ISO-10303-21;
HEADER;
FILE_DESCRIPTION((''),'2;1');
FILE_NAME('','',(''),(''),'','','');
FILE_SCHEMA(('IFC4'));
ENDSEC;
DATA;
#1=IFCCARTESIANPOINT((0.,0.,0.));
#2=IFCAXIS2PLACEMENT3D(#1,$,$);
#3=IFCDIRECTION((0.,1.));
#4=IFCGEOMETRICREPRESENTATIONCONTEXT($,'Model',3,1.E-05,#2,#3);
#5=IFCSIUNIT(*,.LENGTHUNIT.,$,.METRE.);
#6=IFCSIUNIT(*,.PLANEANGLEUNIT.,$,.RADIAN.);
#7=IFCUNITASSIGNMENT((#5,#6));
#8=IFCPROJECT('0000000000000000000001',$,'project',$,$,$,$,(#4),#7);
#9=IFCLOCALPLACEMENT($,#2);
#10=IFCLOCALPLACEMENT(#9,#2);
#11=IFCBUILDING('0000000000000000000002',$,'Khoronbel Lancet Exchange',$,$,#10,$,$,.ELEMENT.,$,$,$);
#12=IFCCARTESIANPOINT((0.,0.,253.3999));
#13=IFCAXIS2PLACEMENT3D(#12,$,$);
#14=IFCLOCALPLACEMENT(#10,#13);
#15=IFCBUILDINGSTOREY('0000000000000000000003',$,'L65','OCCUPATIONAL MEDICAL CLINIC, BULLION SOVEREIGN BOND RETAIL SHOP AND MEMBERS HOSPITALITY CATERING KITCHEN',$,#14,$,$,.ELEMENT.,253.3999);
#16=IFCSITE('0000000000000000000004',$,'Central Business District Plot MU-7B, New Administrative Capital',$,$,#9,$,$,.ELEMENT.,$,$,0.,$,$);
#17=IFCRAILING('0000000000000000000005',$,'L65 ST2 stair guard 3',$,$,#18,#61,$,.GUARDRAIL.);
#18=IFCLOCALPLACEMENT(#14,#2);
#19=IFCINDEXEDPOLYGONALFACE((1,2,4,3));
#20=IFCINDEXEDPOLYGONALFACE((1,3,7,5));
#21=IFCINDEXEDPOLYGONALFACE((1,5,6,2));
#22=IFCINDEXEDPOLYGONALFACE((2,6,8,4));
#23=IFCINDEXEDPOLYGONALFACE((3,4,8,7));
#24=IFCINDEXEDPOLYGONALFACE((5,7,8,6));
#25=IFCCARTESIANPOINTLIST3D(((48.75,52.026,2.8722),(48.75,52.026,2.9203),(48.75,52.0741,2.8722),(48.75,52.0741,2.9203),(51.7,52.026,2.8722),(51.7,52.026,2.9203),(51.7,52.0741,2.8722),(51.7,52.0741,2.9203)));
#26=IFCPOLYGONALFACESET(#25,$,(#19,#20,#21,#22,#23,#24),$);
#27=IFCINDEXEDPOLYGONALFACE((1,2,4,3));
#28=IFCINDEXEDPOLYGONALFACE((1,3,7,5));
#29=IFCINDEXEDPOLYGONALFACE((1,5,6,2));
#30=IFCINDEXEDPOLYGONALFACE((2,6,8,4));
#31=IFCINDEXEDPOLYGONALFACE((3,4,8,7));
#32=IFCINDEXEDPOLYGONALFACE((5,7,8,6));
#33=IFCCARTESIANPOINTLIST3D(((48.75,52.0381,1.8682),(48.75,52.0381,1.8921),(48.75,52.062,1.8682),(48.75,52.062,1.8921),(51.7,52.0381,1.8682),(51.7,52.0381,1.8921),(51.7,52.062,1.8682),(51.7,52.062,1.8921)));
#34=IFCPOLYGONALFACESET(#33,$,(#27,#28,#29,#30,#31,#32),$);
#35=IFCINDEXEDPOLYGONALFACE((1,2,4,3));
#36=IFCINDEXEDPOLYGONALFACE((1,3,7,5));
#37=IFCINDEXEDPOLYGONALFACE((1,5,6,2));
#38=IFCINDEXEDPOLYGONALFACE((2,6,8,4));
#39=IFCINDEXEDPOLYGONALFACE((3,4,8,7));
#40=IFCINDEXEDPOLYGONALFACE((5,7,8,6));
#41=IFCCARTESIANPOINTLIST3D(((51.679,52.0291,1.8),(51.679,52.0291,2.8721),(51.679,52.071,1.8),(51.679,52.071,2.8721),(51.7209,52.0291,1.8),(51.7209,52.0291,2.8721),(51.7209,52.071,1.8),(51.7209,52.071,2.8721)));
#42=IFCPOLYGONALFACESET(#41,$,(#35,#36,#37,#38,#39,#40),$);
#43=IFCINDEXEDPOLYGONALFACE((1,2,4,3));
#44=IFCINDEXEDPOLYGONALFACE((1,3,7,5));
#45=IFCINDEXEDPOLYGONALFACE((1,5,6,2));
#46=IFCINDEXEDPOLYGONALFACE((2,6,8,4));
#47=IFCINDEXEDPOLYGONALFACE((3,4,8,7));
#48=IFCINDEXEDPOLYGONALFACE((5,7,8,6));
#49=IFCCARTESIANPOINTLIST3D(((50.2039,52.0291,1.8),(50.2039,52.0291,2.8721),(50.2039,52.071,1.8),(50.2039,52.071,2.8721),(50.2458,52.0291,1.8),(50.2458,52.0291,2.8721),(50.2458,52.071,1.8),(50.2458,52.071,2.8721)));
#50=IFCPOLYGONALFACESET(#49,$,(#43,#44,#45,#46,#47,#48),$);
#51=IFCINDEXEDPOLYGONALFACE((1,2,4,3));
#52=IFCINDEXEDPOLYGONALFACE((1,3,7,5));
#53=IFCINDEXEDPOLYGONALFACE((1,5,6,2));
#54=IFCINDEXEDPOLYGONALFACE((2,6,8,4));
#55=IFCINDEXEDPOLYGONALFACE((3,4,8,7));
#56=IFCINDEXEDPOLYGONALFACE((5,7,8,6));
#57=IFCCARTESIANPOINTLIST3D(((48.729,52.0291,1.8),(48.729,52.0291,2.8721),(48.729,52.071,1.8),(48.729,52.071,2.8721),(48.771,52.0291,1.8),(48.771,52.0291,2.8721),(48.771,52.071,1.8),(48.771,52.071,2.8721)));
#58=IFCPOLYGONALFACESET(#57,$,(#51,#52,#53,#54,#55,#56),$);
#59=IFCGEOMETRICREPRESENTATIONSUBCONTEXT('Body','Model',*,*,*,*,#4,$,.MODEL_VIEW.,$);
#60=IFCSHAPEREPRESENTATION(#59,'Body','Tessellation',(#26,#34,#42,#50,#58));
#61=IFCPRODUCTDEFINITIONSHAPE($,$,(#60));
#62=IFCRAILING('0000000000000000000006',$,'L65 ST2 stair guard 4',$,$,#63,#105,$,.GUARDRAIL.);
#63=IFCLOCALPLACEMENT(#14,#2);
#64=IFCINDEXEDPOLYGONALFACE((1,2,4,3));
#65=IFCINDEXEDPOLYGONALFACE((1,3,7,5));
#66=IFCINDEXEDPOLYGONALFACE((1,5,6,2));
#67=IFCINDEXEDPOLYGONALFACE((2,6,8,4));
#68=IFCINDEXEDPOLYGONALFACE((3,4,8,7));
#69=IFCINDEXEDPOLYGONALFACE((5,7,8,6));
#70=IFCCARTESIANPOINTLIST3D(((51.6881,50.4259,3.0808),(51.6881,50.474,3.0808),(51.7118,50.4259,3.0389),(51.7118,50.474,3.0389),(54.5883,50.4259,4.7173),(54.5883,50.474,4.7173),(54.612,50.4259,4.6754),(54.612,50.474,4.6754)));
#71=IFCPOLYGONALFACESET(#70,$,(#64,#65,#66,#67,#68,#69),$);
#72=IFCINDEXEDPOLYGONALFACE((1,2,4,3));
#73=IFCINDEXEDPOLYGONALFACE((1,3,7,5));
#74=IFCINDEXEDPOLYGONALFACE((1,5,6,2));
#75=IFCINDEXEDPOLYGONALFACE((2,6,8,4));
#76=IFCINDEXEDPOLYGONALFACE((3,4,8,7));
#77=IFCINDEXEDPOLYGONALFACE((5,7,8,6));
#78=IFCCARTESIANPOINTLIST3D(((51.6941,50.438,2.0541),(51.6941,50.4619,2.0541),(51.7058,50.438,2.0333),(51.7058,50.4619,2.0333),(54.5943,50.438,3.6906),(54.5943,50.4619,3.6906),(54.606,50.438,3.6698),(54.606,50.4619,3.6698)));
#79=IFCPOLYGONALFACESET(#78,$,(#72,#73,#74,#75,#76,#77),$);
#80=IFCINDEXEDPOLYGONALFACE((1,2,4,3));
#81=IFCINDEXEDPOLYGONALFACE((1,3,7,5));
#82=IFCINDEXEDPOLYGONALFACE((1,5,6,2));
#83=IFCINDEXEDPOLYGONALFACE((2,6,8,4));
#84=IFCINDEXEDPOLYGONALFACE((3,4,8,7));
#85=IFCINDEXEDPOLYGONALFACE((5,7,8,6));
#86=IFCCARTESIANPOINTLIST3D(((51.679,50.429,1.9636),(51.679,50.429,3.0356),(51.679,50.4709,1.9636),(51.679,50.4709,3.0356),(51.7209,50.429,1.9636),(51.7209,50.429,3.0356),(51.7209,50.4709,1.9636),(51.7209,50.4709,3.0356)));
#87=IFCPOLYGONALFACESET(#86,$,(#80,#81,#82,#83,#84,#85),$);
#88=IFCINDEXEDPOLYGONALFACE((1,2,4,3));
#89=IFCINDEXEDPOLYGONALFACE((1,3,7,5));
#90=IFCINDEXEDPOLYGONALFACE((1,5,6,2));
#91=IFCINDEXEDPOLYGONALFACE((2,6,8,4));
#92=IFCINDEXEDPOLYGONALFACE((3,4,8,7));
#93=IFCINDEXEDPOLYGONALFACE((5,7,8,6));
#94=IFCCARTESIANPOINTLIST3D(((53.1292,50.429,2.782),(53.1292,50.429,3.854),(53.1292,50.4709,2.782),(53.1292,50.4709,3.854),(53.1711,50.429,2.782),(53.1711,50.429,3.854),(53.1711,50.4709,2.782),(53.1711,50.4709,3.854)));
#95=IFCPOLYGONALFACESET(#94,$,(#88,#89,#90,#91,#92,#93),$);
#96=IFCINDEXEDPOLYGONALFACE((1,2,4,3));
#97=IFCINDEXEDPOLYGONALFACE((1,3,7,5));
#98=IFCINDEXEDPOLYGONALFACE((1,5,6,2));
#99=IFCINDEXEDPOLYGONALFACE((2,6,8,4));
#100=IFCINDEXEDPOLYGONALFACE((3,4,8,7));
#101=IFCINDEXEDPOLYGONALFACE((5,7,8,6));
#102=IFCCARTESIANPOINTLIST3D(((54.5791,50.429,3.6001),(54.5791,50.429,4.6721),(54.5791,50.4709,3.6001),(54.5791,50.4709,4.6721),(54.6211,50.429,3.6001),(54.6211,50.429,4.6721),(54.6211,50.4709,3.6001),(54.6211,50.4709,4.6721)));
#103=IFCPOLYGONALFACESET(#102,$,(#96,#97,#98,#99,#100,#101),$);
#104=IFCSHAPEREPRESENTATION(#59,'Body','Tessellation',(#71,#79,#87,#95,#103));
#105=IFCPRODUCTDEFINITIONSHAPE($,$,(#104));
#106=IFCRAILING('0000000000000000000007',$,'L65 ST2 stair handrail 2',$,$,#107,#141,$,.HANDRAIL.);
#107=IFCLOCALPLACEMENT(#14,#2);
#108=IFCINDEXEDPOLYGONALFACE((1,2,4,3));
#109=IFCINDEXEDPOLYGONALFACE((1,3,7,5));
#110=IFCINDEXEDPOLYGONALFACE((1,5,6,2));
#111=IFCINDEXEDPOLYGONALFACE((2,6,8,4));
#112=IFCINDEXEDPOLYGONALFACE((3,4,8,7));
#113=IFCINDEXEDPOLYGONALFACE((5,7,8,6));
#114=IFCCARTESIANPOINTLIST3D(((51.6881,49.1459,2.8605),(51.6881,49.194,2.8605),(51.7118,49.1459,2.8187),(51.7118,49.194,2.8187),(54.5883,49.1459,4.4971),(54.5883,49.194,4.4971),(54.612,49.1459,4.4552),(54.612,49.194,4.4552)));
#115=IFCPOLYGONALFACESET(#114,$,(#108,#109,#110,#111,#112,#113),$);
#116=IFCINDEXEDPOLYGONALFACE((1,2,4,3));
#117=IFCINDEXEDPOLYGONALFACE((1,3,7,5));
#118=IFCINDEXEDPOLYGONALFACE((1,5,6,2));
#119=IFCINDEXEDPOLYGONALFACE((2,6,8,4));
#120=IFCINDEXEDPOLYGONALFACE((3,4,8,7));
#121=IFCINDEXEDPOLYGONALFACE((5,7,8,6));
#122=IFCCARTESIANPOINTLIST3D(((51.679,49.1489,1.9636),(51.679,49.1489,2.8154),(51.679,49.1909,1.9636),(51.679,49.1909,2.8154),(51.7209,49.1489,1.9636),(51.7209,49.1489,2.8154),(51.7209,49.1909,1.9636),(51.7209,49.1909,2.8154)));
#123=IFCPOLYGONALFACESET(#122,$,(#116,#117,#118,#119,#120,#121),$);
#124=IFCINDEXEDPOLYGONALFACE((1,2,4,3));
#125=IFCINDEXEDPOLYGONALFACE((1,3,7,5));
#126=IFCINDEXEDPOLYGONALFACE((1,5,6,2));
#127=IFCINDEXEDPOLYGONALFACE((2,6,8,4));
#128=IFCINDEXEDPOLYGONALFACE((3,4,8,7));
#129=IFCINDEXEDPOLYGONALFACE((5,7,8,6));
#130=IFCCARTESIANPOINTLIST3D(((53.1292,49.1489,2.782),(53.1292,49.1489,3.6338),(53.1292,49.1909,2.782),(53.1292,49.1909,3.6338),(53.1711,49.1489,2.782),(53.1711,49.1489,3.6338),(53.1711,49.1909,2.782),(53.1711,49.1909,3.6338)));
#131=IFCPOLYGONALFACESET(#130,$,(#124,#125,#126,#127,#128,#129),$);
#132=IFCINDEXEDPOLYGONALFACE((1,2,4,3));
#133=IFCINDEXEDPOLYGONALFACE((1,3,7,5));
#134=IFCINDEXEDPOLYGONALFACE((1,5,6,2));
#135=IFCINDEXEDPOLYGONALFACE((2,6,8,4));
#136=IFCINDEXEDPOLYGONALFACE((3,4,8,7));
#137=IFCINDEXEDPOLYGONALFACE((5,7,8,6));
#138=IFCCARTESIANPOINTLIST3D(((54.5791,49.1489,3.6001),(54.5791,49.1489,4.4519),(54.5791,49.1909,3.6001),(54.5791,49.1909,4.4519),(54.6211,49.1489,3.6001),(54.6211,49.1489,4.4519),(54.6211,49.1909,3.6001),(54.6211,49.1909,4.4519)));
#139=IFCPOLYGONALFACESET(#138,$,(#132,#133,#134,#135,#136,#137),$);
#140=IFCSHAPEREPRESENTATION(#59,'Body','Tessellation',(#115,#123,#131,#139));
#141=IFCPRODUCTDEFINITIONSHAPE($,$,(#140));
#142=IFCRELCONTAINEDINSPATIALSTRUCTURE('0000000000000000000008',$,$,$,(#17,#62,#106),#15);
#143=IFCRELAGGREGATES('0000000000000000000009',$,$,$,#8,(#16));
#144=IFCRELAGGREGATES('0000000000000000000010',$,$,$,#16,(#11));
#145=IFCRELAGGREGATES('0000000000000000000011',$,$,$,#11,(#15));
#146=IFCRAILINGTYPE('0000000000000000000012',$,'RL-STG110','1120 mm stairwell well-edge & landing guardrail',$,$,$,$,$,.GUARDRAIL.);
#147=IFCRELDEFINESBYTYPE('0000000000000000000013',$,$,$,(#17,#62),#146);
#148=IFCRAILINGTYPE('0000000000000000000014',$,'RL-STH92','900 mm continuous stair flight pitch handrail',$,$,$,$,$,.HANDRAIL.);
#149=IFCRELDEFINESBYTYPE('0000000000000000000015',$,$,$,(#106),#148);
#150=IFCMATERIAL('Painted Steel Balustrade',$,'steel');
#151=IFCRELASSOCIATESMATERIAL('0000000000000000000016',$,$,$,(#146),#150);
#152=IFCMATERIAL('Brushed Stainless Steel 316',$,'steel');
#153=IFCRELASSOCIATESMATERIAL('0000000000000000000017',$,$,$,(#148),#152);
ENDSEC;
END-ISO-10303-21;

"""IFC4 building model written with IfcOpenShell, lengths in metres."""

from ifc_helpers import new_model, si_unit, direction, frame, origin, origin_2d, place, context, subcontext, project, spatial, rectangle, extrude, material, type_object, element, save


model = new_model("IFC4")

# Units and contexts
model_context = context("Model", 3, precision=1e-05, world=origin(), true_north=direction((0.0, 1.0)))
body_context = subcontext(model_context, "Body", "Model", "MODEL_VIEW")
ifc_project = project(units=[si_unit("LENGTHUNIT", "METRE"), si_unit("PLANEANGLEUNIT", "RADIAN")], contexts=[model_context])

# Site, building, storey
site_placement = place(None, origin())
site = spatial("IfcSite", under=ifc_project, at=site_placement, Name="Central Business District Plot MU-7B, New Administrative Capital", CompositionType="ELEMENT", RefElevation=0.0)
building_placement = place(site_placement, origin())
building = spatial("IfcBuilding", under=site, at=building_placement, Name="Khoronbel Lancet Exchange", CompositionType="ELEMENT")
storey_placement = place(building_placement, frame((0.0, 0.0, 253.3999)))
storey = spatial("IfcBuildingStorey", under=building, at=storey_placement, Name="L65", Description="OCCUPATIONAL MEDICAL CLINIC, BULLION SOVEREIGN BOND RETAIL SHOP AND MEMBERS HOSPITALITY CATERING KITCHEN", CompositionType="ELEMENT", Elevation=253.3999)

# Railings
ifc_material_1 = material(Name="Painted Steel Balustrade", Category="steel")
railing_type_1 = type_object("IfcRailingType", Name="RL-STG110", Description="1120 mm stairwell well-edge & landing guardrail", PredefinedType="GUARDRAIL", material=ifc_material_1)
railing_1_placement = place(storey_placement, frame((51.7, 52.05, 1.8)))
element("IfcRailing", 1, at=railing_1_placement, inside=storey, type_object=railing_type_1, Name="L65 ST2 stair guard 3", PredefinedType="GUARDRAIL", context=body_context, shape_type="SweptSolid", body=[
    extrude(rectangle(XDim=0.0481, YDim=0.0481, at=origin_2d()), frame((0.0, 0.0, 1.0962), z_axis=(-1.0, 0.0, 0.0), x_axis=(0.0, -1.0, 0.0)), (0.0, 0.0, 1.0), 2.95),
    extrude(rectangle(XDim=0.0239, YDim=0.0239, at=origin_2d()), frame((0.0, 0.0, 0.0801), z_axis=(-1.0, 0.0, 0.0), x_axis=(0.0, -1.0, 0.0)), (0.0, 0.0, 1.0), 2.95),
    extrude(rectangle(XDim=0.042, YDim=0.042, at=origin_2d()), origin(), (0.0, 0.0, 1.0), 1.072),
    extrude(rectangle(XDim=0.042, YDim=0.042, at=origin_2d()), frame((-1.4751, 0.0, 0.0)), (0.0, 0.0, 1.0), 1.072),
    extrude(rectangle(XDim=0.042, YDim=0.042, at=origin_2d()), frame((-2.95, 0.0, 0.0)), (0.0, 0.0, 1.0), 1.072),
])
railing_2_placement = place(storey_placement, frame((51.7, 50.45, 1.9636)))
element("IfcRailing", 2, at=railing_2_placement, inside=storey, type_object=railing_type_1, Name="L65 ST2 stair guard 4", PredefinedType="GUARDRAIL", context=body_context, shape_type="SweptSolid", body=[
    extrude(rectangle(XDim=0.0481, YDim=0.0481, at=origin_2d()), frame((0.0, 0.0, 1.0962), z_axis=(0.870915, 0.0, 0.491434), x_axis=(0.0, 1.0, 0.0)), (0.0, 0.0, 1.0), 3.3301),
    extrude(rectangle(XDim=0.0239, YDim=0.0239, at=origin_2d()), frame((0.0, 0.0, 0.0801), z_axis=(0.870915, 0.0, 0.491434), x_axis=(0.0, 1.0, 0.0)), (0.0, 0.0, 1.0), 3.3301),
    extrude(rectangle(XDim=0.042, YDim=0.042, at=origin_2d()), origin(), (0.0, 0.0, 1.0), 1.072),
    extrude(rectangle(XDim=0.042, YDim=0.042, at=origin_2d()), frame((1.4502, 0.0, 0.8184)), (0.0, 0.0, 1.0), 1.072),
    extrude(rectangle(XDim=0.042, YDim=0.042, at=origin_2d()), frame((2.9001, 0.0, 1.6365)), (0.0, 0.0, 1.0), 1.072),
])
ifc_material_2 = material(Name="Brushed Stainless Steel 316", Category="steel")
railing_type_2 = type_object("IfcRailingType", Name="RL-STH92", Description="900 mm continuous stair flight pitch handrail", PredefinedType="HANDRAIL", material=ifc_material_2)
railing_3_placement = place(storey_placement, frame((51.7, 49.1699, 1.9636)))
element("IfcRailing", 3, at=railing_3_placement, inside=storey, type_object=railing_type_2, Name="L65 ST2 stair handrail 2", PredefinedType="HANDRAIL", context=body_context, shape_type="SweptSolid", body=[
    extrude(rectangle(XDim=0.0481, YDim=0.0481, at=origin_2d()), frame((0.0, 0.0, 0.876), z_axis=(0.870915, 0.0, 0.491434), x_axis=(0.0, 1.0, 0.0)), (0.0, 0.0, 1.0), 3.3301),
    extrude(rectangle(XDim=0.042, YDim=0.042, at=origin_2d()), origin(), (0.0, 0.0, 1.0), 0.8518),
    extrude(rectangle(XDim=0.042, YDim=0.042, at=origin_2d()), frame((1.4502, 0.0, 0.8184)), (0.0, 0.0, 1.0), 0.8518),
    extrude(rectangle(XDim=0.042, YDim=0.042, at=origin_2d()), frame((2.9001, 0.0, 1.6365)), (0.0, 0.0, 1.0), 0.8518),
])

save(model, "model.ifc")
